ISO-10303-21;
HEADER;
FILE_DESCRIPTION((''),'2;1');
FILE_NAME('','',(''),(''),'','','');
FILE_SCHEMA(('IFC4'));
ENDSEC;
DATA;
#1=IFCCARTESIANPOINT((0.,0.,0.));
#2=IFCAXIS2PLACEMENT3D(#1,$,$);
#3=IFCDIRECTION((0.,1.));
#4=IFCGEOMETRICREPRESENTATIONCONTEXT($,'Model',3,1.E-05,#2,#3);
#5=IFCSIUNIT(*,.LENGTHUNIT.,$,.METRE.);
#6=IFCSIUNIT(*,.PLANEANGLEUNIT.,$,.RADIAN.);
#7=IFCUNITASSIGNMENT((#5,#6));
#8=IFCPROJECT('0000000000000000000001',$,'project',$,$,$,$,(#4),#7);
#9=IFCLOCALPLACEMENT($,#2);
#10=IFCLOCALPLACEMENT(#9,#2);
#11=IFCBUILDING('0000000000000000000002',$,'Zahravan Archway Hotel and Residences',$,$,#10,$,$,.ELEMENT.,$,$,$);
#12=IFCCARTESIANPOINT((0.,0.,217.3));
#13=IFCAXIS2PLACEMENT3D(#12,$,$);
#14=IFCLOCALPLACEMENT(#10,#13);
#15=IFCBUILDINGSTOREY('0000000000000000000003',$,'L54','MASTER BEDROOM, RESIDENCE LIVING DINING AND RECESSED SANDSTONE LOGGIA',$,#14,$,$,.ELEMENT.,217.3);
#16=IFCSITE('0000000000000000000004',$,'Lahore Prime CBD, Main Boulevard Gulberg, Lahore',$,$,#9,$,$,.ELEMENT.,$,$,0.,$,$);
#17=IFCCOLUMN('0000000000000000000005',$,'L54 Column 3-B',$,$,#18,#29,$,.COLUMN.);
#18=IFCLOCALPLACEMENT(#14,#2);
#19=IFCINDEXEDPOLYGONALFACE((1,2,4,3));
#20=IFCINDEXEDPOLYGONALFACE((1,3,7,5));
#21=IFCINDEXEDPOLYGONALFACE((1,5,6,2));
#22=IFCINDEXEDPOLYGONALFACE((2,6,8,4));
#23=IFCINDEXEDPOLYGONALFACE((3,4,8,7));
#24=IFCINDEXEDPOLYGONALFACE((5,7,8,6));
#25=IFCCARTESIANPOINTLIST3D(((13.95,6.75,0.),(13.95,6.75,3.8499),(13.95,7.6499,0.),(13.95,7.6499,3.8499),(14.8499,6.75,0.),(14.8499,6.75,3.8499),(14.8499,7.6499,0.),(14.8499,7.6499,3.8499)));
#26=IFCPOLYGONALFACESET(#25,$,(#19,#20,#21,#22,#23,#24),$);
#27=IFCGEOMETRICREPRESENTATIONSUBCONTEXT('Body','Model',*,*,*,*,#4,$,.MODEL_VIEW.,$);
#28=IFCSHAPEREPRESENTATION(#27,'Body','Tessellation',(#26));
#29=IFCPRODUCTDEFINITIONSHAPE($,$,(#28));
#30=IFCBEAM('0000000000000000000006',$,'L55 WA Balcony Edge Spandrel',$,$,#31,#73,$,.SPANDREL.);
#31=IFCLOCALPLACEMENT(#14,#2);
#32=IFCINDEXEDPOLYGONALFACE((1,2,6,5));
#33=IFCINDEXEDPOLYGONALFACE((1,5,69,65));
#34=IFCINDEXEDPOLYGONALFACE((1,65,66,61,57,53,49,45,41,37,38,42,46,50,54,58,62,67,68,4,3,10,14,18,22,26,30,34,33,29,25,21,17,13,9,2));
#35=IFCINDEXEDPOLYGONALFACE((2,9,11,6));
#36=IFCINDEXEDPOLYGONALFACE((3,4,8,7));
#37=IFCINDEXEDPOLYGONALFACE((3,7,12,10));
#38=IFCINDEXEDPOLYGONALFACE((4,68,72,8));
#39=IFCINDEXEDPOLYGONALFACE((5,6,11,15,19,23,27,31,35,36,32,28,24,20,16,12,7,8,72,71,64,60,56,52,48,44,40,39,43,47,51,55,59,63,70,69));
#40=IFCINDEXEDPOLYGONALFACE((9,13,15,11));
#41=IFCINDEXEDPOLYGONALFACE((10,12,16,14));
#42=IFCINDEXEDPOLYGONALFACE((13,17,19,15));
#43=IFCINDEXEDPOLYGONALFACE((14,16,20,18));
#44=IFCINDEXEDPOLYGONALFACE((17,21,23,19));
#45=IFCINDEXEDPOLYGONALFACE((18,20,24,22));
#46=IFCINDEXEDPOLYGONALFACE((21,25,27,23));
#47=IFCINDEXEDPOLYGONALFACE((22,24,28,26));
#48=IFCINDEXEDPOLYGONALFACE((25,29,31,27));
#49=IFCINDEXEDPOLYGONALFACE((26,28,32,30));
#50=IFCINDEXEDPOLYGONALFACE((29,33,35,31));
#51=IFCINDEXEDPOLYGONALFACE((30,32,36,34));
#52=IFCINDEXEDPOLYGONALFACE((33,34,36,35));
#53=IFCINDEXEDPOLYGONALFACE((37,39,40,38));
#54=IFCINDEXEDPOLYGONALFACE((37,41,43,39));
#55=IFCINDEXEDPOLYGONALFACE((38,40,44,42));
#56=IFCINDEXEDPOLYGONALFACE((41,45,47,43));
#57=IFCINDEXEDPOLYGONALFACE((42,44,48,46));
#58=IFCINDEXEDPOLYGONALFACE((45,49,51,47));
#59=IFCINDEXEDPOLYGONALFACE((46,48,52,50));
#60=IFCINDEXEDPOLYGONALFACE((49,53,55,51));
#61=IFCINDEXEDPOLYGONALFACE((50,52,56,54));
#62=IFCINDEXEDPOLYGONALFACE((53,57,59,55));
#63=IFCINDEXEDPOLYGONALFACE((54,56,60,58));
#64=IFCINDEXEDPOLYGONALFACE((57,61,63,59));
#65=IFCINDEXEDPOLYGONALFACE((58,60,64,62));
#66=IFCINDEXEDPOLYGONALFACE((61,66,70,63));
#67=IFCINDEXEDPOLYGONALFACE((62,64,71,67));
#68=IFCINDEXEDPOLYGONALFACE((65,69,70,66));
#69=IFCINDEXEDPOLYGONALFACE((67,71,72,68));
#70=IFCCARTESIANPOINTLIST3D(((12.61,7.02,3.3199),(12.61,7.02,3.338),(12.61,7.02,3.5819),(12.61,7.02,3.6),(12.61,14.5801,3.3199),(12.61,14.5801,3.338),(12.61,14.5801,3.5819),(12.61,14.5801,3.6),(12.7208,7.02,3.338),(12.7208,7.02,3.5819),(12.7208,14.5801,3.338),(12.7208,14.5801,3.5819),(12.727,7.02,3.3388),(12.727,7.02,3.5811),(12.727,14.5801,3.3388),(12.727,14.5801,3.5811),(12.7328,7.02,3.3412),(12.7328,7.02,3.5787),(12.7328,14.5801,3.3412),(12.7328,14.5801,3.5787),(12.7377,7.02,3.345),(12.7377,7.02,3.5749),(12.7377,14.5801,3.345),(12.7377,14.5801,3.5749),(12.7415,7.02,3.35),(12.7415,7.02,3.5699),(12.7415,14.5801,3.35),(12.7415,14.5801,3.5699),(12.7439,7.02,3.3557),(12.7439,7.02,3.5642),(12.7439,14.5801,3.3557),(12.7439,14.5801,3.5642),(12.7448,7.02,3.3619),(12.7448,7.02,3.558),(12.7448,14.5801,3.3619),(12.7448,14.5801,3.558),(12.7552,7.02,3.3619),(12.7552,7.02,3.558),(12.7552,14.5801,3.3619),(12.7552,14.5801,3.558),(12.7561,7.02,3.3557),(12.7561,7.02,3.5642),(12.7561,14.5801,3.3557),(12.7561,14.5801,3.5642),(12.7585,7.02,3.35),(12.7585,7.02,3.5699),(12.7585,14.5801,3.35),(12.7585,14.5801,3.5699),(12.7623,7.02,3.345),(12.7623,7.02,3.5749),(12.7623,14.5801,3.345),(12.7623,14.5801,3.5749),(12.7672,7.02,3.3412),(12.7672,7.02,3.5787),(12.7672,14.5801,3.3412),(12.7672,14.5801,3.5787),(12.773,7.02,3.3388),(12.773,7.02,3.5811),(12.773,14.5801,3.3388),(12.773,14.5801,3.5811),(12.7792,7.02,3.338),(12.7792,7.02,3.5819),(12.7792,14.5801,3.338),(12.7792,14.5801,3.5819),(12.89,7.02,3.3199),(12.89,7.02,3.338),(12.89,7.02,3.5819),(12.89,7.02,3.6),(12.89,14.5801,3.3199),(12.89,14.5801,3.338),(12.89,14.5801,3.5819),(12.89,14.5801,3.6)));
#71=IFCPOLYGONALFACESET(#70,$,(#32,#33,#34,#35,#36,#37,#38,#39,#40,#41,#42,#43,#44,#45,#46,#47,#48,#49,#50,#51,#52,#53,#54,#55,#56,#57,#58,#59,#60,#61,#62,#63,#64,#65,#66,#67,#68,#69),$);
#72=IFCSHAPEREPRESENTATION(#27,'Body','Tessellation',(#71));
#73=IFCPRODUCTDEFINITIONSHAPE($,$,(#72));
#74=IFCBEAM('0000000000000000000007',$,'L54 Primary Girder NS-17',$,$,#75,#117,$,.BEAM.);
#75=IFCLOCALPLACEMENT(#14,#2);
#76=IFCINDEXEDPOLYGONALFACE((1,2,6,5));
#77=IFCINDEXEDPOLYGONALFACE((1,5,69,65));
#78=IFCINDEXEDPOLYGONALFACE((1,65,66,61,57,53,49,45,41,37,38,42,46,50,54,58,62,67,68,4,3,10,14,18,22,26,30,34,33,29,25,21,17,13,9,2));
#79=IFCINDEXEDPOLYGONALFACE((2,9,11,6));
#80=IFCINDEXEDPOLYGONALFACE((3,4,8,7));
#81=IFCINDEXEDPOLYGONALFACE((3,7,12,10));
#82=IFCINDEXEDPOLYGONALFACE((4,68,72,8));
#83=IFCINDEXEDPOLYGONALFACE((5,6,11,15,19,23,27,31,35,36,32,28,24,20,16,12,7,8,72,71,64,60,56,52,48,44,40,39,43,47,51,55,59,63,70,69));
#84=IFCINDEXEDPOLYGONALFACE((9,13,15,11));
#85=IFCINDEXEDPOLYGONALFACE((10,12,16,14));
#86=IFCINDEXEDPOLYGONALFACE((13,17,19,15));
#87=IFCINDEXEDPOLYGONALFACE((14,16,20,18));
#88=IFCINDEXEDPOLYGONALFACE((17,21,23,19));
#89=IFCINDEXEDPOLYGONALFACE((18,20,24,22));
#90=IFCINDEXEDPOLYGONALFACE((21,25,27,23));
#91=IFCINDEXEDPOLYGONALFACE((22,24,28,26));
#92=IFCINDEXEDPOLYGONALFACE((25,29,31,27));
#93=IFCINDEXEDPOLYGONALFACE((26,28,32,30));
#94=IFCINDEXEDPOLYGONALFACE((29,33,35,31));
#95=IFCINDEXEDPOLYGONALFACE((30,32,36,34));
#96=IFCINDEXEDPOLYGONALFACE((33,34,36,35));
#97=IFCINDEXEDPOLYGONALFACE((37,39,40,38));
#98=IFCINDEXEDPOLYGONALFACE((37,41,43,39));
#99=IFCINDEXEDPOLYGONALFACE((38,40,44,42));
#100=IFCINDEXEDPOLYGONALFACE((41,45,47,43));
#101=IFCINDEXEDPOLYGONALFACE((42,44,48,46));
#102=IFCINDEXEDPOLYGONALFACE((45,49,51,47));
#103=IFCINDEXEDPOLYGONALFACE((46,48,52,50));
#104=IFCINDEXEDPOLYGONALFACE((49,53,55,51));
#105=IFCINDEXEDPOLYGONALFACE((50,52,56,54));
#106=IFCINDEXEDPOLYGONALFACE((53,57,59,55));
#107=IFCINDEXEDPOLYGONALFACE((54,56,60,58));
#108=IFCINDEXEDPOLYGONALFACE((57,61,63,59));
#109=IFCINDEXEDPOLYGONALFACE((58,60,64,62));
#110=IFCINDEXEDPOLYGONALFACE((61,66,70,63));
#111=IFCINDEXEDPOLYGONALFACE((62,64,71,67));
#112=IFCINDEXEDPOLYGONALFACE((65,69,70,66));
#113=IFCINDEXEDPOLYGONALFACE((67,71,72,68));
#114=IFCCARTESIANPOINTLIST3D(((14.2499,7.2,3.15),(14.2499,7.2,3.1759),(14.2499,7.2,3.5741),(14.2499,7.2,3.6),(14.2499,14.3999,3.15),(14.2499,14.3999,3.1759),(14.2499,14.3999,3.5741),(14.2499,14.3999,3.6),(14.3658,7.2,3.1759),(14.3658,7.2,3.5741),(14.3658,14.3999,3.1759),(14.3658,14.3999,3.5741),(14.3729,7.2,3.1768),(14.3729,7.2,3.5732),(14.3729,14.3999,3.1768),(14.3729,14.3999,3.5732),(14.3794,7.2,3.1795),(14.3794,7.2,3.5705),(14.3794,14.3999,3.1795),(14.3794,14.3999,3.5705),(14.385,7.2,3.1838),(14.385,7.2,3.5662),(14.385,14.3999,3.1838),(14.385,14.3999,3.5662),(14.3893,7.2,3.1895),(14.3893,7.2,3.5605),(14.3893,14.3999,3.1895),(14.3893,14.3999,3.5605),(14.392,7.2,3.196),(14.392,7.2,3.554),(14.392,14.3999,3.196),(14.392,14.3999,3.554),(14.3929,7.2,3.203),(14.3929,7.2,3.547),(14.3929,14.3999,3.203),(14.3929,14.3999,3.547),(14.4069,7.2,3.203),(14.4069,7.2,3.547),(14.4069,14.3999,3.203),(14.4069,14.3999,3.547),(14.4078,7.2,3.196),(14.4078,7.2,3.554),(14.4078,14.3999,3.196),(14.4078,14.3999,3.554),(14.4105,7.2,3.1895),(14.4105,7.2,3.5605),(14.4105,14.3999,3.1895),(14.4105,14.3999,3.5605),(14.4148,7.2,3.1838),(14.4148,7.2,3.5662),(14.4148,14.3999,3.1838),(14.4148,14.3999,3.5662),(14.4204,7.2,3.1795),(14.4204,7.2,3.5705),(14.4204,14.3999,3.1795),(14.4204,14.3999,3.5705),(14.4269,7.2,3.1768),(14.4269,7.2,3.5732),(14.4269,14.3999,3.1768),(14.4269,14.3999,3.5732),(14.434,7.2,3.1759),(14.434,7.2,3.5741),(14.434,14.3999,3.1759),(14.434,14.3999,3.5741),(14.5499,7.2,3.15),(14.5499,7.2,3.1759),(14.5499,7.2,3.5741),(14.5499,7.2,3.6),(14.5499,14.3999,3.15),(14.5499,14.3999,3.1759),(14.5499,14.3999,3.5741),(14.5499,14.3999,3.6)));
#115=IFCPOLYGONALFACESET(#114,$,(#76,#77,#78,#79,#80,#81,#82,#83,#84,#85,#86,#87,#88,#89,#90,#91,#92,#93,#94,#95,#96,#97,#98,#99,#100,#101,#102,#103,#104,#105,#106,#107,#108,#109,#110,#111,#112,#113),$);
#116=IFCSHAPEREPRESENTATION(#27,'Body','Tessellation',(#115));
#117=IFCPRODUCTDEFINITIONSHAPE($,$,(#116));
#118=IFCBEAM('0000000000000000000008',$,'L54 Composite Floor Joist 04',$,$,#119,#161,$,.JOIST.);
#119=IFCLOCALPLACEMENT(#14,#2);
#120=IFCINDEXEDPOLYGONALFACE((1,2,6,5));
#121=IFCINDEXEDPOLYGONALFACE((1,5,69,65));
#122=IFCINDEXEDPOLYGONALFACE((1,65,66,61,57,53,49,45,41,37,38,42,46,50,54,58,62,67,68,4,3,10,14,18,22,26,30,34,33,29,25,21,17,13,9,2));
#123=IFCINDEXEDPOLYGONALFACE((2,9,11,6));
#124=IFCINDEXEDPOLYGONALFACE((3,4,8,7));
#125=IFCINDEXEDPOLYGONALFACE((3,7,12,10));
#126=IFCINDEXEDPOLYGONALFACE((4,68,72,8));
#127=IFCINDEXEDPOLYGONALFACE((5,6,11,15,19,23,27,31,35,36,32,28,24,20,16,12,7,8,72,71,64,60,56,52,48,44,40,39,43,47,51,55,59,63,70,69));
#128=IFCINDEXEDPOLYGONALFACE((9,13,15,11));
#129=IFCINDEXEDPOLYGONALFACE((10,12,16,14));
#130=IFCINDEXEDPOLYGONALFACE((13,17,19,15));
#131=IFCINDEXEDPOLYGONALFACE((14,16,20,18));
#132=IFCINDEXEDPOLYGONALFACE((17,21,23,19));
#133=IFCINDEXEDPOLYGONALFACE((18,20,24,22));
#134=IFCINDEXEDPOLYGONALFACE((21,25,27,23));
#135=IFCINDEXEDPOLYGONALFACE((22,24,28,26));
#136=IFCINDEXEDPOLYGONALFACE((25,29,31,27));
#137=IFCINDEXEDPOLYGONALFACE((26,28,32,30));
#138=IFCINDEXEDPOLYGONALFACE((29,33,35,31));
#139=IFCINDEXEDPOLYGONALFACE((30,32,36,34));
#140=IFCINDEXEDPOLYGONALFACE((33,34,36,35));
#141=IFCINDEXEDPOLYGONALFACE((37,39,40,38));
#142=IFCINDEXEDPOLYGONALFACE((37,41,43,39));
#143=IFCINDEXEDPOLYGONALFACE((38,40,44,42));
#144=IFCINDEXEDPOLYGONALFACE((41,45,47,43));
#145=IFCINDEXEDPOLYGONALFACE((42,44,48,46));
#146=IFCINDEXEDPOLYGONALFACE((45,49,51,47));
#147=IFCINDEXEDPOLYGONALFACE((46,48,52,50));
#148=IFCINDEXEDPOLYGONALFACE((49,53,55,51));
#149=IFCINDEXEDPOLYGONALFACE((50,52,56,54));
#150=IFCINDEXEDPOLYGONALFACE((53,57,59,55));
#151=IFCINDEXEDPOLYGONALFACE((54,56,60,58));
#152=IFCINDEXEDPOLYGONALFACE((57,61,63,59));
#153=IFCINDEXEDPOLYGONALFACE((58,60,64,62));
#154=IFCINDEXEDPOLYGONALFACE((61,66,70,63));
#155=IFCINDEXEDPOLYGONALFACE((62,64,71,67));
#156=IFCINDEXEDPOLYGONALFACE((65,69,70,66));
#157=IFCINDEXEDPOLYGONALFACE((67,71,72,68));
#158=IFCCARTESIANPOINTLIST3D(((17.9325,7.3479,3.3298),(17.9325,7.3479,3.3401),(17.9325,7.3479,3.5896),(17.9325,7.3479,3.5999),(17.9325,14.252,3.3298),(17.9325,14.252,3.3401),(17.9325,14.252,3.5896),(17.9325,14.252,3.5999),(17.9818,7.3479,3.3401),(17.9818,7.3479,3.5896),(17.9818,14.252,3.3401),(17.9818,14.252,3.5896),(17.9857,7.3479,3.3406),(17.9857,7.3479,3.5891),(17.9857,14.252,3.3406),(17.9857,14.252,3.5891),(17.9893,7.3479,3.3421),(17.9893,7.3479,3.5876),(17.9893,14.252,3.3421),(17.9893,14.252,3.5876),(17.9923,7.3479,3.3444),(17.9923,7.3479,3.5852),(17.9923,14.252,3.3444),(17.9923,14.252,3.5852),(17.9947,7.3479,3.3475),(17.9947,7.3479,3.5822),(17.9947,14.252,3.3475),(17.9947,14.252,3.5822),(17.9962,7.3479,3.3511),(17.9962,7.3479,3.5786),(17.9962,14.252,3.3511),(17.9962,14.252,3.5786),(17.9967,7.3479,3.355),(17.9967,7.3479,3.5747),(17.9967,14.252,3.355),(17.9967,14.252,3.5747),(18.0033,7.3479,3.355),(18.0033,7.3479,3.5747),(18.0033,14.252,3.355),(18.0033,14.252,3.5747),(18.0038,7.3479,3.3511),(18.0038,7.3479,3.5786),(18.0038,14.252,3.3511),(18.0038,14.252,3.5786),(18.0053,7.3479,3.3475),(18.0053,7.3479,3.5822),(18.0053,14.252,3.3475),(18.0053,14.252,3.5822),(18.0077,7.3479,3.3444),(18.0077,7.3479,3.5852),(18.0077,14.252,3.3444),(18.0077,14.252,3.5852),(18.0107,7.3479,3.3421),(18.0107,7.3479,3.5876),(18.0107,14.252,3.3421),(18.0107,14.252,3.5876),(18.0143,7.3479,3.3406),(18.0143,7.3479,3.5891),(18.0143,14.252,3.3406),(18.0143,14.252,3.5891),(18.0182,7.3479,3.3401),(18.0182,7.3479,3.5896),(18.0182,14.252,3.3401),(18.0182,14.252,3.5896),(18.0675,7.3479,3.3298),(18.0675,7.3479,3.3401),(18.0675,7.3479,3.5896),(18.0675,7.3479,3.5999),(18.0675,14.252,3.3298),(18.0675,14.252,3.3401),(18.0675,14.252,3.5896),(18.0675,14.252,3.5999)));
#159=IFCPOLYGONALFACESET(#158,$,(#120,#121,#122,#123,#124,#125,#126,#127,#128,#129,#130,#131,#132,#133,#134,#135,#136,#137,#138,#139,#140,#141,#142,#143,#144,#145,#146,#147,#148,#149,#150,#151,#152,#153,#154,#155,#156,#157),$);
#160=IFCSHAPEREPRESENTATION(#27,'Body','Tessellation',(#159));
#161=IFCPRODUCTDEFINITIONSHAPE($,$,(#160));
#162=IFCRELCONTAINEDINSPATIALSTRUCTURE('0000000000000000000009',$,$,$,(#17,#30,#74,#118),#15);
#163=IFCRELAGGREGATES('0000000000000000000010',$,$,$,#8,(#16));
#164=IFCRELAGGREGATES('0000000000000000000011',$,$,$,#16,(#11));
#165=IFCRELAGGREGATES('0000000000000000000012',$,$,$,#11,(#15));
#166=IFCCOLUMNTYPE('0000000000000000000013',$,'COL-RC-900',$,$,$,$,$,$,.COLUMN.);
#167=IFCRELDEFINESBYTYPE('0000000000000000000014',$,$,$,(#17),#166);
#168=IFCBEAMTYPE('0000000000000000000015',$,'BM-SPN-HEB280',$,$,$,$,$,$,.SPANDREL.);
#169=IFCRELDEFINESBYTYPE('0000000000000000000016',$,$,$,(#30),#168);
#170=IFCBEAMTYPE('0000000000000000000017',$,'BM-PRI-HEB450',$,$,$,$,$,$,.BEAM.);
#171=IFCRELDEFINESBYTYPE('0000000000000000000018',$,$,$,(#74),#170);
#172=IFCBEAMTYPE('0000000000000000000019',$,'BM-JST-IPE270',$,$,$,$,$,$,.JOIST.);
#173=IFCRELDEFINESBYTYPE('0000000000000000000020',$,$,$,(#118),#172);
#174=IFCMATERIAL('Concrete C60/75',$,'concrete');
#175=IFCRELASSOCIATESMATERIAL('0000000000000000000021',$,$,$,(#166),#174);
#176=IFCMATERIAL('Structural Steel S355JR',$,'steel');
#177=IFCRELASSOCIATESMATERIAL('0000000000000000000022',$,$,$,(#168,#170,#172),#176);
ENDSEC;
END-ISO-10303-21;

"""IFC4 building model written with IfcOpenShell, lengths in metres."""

from ifc_helpers import new_model, si_unit, direction, frame, origin, origin_2d, place, context, subcontext, project, spatial, rectangle, i_section, extrude, source, transform, mapped, material, material_profile, profile_set, type_object, type_shapes, element, save


model = new_model("IFC4")

# Units and contexts
model_context = context("Model", 3, precision=1e-05, world=origin(), true_north=direction((0.0, 1.0)))
body_context = subcontext(model_context, "Body", "Model", "MODEL_VIEW")
ifc_project = project(units=[si_unit("LENGTHUNIT", "METRE"), si_unit("PLANEANGLEUNIT", "RADIAN")], contexts=[model_context])

# Site, building, storey
site_placement = place(None, origin())
site = spatial("IfcSite", under=ifc_project, at=site_placement, Name="Lahore Prime CBD, Main Boulevard Gulberg, Lahore", CompositionType="ELEMENT", RefElevation=0.0)
building_placement = place(site_placement, origin())
building = spatial("IfcBuilding", under=site, at=building_placement, Name="Zahravan Archway Hotel and Residences", CompositionType="ELEMENT")
storey_placement = place(building_placement, frame((0.0, 0.0, 217.3)))
storey = spatial("IfcBuildingStorey", under=building, at=storey_placement, Name="L54", Description="MASTER BEDROOM, RESIDENCE LIVING DINING AND RECESSED SANDSTONE LOGGIA", CompositionType="ELEMENT", Elevation=217.3)

# Column
ifc_material_1 = material(Name="Concrete C60/75", Category="concrete")
ifc_material_profile_1 = material_profile(ifc_material_1, rectangle(XDim=0.8999, YDim=0.8999, at=origin_2d()), Name="RC-COL-900x900", Category="concrete")
ifc_profile_set_1 = profile_set([ifc_material_profile_1], Name="Concrete C60/75")
column_type = type_object("IfcColumnType", Name="COL-RC-900", PredefinedType="COLUMN", material=ifc_profile_set_1)
shared_shape_1 = source(origin(), body_context, "Body", "SweptSolid", [
    extrude(rectangle(XDim=0.8999, YDim=0.8999, at=origin_2d()), origin(), (0.0, 0.0, 1.0), 3.8499),
])
column_placement = place(storey_placement, frame((14.3999, 7.2, 0.0), z_axis=(0.0, 0.0, 1.0), x_axis=(1.0, 0.0, 0.0)))
element("IfcColumn", 1, at=column_placement, inside=storey, type_object=column_type, Name="L54 Column 3-B", PredefinedType="COLUMN", context=body_context, shape_type="MappedRepresentation", body=[
    mapped(shared_shape_1, transform((0.0, 0.0, 0.0), scale=1.0)),
])

# Beams
ifc_material_2 = material(Name="Structural Steel S355JR", Category="steel")
ifc_material_profile_2 = material_profile(ifc_material_2, i_section(OverallWidth=0.28, OverallDepth=0.28, WebThickness=0.0105, FlangeThickness=0.0181, FilletRadius=0.0239, at=origin_2d()), Name="HEB 280", Category="steel")
ifc_profile_set_2 = profile_set([ifc_material_profile_2], Name="Structural Steel S355JR")
beam_type_1 = type_object("IfcBeamType", Name="BM-SPN-HEB280", PredefinedType="SPANDREL", material=ifc_profile_set_2)
shared_shape_2 = source(origin(), body_context, "Body", "SweptSolid", [
    extrude(i_section(OverallWidth=0.28, OverallDepth=0.28, WebThickness=0.0105, FlangeThickness=0.0181, FilletRadius=0.0239, at=origin_2d()), origin(), (0.0, 0.0, 1.0), 7.5601),
])
type_shapes(beam_type_1, [shared_shape_2])
beam_1_placement = place(storey_placement, frame((12.75, 7.02, 3.46), z_axis=(0.0, 1.0, 0.0), x_axis=(-1.0, 0.0, 0.0)))
element("IfcBeam", 2, at=beam_1_placement, inside=storey, type_object=beam_type_1, Name="L55 WA Balcony Edge Spandrel", PredefinedType="SPANDREL", context=body_context, shape_type="MappedRepresentation", body=[
    mapped(shared_shape_2, transform((0.0, 0.0, 0.0), scale=1.0)),
])
ifc_material_profile_3 = material_profile(ifc_material_2, i_section(OverallWidth=0.3, OverallDepth=0.45, WebThickness=0.0139, FlangeThickness=0.0259, FilletRadius=0.0271, at=origin_2d()), Name="HEB 450", Category="steel")
ifc_profile_set_3 = profile_set([ifc_material_profile_3], Name="Structural Steel S355JR")
beam_type_2 = type_object("IfcBeamType", Name="BM-PRI-HEB450", PredefinedType="BEAM", material=ifc_profile_set_3)
shared_shape_3 = source(origin(), body_context, "Body", "SweptSolid", [
    extrude(i_section(OverallWidth=0.3, OverallDepth=0.45, WebThickness=0.0139, FlangeThickness=0.0259, FilletRadius=0.0271, at=origin_2d()), origin(), (0.0, 0.0, 1.0), 7.2),
])
beam_2_placement = place(storey_placement, frame((14.3999, 7.2, 3.375), z_axis=(0.0, 1.0, 0.0), x_axis=(-1.0, 0.0, 0.0)))
element("IfcBeam", 3, at=beam_2_placement, inside=storey, type_object=beam_type_2, Name="L54 Primary Girder NS-17", PredefinedType="BEAM", context=body_context, shape_type="MappedRepresentation", body=[
    mapped(shared_shape_3, transform((0.0, 0.0, 0.0), scale=1.0)),
])
ifc_material_profile_4 = material_profile(ifc_material_2, i_section(OverallWidth=0.135, OverallDepth=0.27, WebThickness=0.0066, FlangeThickness=0.0103, FilletRadius=0.0149, at=origin_2d()), Name="IPE 270", Category="steel")
ifc_profile_set_4 = profile_set([ifc_material_profile_4], Name="Structural Steel S355JR")
beam_type_3 = type_object("IfcBeamType", Name="BM-JST-IPE270", PredefinedType="JOIST", material=ifc_profile_set_4)
shared_shape_4 = source(origin(), body_context, "Body", "SweptSolid", [
    extrude(i_section(OverallWidth=0.135, OverallDepth=0.27, WebThickness=0.0066, FlangeThickness=0.0103, FilletRadius=0.0149, at=origin_2d()), origin(), (0.0, 0.0, 1.0), 6.9041),
])
type_shapes(beam_type_3, [shared_shape_4])
beam_3_placement = place(storey_placement, frame((18.0, 7.3479, 3.4648), z_axis=(0.0, 1.0, 0.0), x_axis=(-1.0, 0.0, 0.0)))
element("IfcBeam", 4, at=beam_3_placement, inside=storey, type_object=beam_type_3, Name="L54 Composite Floor Joist 04", PredefinedType="JOIST", context=body_context, shape_type="MappedRepresentation", body=[
    mapped(shared_shape_4, transform((0.0, 0.0, 0.0), scale=1.0)),
])

save(model, "model.ifc")
